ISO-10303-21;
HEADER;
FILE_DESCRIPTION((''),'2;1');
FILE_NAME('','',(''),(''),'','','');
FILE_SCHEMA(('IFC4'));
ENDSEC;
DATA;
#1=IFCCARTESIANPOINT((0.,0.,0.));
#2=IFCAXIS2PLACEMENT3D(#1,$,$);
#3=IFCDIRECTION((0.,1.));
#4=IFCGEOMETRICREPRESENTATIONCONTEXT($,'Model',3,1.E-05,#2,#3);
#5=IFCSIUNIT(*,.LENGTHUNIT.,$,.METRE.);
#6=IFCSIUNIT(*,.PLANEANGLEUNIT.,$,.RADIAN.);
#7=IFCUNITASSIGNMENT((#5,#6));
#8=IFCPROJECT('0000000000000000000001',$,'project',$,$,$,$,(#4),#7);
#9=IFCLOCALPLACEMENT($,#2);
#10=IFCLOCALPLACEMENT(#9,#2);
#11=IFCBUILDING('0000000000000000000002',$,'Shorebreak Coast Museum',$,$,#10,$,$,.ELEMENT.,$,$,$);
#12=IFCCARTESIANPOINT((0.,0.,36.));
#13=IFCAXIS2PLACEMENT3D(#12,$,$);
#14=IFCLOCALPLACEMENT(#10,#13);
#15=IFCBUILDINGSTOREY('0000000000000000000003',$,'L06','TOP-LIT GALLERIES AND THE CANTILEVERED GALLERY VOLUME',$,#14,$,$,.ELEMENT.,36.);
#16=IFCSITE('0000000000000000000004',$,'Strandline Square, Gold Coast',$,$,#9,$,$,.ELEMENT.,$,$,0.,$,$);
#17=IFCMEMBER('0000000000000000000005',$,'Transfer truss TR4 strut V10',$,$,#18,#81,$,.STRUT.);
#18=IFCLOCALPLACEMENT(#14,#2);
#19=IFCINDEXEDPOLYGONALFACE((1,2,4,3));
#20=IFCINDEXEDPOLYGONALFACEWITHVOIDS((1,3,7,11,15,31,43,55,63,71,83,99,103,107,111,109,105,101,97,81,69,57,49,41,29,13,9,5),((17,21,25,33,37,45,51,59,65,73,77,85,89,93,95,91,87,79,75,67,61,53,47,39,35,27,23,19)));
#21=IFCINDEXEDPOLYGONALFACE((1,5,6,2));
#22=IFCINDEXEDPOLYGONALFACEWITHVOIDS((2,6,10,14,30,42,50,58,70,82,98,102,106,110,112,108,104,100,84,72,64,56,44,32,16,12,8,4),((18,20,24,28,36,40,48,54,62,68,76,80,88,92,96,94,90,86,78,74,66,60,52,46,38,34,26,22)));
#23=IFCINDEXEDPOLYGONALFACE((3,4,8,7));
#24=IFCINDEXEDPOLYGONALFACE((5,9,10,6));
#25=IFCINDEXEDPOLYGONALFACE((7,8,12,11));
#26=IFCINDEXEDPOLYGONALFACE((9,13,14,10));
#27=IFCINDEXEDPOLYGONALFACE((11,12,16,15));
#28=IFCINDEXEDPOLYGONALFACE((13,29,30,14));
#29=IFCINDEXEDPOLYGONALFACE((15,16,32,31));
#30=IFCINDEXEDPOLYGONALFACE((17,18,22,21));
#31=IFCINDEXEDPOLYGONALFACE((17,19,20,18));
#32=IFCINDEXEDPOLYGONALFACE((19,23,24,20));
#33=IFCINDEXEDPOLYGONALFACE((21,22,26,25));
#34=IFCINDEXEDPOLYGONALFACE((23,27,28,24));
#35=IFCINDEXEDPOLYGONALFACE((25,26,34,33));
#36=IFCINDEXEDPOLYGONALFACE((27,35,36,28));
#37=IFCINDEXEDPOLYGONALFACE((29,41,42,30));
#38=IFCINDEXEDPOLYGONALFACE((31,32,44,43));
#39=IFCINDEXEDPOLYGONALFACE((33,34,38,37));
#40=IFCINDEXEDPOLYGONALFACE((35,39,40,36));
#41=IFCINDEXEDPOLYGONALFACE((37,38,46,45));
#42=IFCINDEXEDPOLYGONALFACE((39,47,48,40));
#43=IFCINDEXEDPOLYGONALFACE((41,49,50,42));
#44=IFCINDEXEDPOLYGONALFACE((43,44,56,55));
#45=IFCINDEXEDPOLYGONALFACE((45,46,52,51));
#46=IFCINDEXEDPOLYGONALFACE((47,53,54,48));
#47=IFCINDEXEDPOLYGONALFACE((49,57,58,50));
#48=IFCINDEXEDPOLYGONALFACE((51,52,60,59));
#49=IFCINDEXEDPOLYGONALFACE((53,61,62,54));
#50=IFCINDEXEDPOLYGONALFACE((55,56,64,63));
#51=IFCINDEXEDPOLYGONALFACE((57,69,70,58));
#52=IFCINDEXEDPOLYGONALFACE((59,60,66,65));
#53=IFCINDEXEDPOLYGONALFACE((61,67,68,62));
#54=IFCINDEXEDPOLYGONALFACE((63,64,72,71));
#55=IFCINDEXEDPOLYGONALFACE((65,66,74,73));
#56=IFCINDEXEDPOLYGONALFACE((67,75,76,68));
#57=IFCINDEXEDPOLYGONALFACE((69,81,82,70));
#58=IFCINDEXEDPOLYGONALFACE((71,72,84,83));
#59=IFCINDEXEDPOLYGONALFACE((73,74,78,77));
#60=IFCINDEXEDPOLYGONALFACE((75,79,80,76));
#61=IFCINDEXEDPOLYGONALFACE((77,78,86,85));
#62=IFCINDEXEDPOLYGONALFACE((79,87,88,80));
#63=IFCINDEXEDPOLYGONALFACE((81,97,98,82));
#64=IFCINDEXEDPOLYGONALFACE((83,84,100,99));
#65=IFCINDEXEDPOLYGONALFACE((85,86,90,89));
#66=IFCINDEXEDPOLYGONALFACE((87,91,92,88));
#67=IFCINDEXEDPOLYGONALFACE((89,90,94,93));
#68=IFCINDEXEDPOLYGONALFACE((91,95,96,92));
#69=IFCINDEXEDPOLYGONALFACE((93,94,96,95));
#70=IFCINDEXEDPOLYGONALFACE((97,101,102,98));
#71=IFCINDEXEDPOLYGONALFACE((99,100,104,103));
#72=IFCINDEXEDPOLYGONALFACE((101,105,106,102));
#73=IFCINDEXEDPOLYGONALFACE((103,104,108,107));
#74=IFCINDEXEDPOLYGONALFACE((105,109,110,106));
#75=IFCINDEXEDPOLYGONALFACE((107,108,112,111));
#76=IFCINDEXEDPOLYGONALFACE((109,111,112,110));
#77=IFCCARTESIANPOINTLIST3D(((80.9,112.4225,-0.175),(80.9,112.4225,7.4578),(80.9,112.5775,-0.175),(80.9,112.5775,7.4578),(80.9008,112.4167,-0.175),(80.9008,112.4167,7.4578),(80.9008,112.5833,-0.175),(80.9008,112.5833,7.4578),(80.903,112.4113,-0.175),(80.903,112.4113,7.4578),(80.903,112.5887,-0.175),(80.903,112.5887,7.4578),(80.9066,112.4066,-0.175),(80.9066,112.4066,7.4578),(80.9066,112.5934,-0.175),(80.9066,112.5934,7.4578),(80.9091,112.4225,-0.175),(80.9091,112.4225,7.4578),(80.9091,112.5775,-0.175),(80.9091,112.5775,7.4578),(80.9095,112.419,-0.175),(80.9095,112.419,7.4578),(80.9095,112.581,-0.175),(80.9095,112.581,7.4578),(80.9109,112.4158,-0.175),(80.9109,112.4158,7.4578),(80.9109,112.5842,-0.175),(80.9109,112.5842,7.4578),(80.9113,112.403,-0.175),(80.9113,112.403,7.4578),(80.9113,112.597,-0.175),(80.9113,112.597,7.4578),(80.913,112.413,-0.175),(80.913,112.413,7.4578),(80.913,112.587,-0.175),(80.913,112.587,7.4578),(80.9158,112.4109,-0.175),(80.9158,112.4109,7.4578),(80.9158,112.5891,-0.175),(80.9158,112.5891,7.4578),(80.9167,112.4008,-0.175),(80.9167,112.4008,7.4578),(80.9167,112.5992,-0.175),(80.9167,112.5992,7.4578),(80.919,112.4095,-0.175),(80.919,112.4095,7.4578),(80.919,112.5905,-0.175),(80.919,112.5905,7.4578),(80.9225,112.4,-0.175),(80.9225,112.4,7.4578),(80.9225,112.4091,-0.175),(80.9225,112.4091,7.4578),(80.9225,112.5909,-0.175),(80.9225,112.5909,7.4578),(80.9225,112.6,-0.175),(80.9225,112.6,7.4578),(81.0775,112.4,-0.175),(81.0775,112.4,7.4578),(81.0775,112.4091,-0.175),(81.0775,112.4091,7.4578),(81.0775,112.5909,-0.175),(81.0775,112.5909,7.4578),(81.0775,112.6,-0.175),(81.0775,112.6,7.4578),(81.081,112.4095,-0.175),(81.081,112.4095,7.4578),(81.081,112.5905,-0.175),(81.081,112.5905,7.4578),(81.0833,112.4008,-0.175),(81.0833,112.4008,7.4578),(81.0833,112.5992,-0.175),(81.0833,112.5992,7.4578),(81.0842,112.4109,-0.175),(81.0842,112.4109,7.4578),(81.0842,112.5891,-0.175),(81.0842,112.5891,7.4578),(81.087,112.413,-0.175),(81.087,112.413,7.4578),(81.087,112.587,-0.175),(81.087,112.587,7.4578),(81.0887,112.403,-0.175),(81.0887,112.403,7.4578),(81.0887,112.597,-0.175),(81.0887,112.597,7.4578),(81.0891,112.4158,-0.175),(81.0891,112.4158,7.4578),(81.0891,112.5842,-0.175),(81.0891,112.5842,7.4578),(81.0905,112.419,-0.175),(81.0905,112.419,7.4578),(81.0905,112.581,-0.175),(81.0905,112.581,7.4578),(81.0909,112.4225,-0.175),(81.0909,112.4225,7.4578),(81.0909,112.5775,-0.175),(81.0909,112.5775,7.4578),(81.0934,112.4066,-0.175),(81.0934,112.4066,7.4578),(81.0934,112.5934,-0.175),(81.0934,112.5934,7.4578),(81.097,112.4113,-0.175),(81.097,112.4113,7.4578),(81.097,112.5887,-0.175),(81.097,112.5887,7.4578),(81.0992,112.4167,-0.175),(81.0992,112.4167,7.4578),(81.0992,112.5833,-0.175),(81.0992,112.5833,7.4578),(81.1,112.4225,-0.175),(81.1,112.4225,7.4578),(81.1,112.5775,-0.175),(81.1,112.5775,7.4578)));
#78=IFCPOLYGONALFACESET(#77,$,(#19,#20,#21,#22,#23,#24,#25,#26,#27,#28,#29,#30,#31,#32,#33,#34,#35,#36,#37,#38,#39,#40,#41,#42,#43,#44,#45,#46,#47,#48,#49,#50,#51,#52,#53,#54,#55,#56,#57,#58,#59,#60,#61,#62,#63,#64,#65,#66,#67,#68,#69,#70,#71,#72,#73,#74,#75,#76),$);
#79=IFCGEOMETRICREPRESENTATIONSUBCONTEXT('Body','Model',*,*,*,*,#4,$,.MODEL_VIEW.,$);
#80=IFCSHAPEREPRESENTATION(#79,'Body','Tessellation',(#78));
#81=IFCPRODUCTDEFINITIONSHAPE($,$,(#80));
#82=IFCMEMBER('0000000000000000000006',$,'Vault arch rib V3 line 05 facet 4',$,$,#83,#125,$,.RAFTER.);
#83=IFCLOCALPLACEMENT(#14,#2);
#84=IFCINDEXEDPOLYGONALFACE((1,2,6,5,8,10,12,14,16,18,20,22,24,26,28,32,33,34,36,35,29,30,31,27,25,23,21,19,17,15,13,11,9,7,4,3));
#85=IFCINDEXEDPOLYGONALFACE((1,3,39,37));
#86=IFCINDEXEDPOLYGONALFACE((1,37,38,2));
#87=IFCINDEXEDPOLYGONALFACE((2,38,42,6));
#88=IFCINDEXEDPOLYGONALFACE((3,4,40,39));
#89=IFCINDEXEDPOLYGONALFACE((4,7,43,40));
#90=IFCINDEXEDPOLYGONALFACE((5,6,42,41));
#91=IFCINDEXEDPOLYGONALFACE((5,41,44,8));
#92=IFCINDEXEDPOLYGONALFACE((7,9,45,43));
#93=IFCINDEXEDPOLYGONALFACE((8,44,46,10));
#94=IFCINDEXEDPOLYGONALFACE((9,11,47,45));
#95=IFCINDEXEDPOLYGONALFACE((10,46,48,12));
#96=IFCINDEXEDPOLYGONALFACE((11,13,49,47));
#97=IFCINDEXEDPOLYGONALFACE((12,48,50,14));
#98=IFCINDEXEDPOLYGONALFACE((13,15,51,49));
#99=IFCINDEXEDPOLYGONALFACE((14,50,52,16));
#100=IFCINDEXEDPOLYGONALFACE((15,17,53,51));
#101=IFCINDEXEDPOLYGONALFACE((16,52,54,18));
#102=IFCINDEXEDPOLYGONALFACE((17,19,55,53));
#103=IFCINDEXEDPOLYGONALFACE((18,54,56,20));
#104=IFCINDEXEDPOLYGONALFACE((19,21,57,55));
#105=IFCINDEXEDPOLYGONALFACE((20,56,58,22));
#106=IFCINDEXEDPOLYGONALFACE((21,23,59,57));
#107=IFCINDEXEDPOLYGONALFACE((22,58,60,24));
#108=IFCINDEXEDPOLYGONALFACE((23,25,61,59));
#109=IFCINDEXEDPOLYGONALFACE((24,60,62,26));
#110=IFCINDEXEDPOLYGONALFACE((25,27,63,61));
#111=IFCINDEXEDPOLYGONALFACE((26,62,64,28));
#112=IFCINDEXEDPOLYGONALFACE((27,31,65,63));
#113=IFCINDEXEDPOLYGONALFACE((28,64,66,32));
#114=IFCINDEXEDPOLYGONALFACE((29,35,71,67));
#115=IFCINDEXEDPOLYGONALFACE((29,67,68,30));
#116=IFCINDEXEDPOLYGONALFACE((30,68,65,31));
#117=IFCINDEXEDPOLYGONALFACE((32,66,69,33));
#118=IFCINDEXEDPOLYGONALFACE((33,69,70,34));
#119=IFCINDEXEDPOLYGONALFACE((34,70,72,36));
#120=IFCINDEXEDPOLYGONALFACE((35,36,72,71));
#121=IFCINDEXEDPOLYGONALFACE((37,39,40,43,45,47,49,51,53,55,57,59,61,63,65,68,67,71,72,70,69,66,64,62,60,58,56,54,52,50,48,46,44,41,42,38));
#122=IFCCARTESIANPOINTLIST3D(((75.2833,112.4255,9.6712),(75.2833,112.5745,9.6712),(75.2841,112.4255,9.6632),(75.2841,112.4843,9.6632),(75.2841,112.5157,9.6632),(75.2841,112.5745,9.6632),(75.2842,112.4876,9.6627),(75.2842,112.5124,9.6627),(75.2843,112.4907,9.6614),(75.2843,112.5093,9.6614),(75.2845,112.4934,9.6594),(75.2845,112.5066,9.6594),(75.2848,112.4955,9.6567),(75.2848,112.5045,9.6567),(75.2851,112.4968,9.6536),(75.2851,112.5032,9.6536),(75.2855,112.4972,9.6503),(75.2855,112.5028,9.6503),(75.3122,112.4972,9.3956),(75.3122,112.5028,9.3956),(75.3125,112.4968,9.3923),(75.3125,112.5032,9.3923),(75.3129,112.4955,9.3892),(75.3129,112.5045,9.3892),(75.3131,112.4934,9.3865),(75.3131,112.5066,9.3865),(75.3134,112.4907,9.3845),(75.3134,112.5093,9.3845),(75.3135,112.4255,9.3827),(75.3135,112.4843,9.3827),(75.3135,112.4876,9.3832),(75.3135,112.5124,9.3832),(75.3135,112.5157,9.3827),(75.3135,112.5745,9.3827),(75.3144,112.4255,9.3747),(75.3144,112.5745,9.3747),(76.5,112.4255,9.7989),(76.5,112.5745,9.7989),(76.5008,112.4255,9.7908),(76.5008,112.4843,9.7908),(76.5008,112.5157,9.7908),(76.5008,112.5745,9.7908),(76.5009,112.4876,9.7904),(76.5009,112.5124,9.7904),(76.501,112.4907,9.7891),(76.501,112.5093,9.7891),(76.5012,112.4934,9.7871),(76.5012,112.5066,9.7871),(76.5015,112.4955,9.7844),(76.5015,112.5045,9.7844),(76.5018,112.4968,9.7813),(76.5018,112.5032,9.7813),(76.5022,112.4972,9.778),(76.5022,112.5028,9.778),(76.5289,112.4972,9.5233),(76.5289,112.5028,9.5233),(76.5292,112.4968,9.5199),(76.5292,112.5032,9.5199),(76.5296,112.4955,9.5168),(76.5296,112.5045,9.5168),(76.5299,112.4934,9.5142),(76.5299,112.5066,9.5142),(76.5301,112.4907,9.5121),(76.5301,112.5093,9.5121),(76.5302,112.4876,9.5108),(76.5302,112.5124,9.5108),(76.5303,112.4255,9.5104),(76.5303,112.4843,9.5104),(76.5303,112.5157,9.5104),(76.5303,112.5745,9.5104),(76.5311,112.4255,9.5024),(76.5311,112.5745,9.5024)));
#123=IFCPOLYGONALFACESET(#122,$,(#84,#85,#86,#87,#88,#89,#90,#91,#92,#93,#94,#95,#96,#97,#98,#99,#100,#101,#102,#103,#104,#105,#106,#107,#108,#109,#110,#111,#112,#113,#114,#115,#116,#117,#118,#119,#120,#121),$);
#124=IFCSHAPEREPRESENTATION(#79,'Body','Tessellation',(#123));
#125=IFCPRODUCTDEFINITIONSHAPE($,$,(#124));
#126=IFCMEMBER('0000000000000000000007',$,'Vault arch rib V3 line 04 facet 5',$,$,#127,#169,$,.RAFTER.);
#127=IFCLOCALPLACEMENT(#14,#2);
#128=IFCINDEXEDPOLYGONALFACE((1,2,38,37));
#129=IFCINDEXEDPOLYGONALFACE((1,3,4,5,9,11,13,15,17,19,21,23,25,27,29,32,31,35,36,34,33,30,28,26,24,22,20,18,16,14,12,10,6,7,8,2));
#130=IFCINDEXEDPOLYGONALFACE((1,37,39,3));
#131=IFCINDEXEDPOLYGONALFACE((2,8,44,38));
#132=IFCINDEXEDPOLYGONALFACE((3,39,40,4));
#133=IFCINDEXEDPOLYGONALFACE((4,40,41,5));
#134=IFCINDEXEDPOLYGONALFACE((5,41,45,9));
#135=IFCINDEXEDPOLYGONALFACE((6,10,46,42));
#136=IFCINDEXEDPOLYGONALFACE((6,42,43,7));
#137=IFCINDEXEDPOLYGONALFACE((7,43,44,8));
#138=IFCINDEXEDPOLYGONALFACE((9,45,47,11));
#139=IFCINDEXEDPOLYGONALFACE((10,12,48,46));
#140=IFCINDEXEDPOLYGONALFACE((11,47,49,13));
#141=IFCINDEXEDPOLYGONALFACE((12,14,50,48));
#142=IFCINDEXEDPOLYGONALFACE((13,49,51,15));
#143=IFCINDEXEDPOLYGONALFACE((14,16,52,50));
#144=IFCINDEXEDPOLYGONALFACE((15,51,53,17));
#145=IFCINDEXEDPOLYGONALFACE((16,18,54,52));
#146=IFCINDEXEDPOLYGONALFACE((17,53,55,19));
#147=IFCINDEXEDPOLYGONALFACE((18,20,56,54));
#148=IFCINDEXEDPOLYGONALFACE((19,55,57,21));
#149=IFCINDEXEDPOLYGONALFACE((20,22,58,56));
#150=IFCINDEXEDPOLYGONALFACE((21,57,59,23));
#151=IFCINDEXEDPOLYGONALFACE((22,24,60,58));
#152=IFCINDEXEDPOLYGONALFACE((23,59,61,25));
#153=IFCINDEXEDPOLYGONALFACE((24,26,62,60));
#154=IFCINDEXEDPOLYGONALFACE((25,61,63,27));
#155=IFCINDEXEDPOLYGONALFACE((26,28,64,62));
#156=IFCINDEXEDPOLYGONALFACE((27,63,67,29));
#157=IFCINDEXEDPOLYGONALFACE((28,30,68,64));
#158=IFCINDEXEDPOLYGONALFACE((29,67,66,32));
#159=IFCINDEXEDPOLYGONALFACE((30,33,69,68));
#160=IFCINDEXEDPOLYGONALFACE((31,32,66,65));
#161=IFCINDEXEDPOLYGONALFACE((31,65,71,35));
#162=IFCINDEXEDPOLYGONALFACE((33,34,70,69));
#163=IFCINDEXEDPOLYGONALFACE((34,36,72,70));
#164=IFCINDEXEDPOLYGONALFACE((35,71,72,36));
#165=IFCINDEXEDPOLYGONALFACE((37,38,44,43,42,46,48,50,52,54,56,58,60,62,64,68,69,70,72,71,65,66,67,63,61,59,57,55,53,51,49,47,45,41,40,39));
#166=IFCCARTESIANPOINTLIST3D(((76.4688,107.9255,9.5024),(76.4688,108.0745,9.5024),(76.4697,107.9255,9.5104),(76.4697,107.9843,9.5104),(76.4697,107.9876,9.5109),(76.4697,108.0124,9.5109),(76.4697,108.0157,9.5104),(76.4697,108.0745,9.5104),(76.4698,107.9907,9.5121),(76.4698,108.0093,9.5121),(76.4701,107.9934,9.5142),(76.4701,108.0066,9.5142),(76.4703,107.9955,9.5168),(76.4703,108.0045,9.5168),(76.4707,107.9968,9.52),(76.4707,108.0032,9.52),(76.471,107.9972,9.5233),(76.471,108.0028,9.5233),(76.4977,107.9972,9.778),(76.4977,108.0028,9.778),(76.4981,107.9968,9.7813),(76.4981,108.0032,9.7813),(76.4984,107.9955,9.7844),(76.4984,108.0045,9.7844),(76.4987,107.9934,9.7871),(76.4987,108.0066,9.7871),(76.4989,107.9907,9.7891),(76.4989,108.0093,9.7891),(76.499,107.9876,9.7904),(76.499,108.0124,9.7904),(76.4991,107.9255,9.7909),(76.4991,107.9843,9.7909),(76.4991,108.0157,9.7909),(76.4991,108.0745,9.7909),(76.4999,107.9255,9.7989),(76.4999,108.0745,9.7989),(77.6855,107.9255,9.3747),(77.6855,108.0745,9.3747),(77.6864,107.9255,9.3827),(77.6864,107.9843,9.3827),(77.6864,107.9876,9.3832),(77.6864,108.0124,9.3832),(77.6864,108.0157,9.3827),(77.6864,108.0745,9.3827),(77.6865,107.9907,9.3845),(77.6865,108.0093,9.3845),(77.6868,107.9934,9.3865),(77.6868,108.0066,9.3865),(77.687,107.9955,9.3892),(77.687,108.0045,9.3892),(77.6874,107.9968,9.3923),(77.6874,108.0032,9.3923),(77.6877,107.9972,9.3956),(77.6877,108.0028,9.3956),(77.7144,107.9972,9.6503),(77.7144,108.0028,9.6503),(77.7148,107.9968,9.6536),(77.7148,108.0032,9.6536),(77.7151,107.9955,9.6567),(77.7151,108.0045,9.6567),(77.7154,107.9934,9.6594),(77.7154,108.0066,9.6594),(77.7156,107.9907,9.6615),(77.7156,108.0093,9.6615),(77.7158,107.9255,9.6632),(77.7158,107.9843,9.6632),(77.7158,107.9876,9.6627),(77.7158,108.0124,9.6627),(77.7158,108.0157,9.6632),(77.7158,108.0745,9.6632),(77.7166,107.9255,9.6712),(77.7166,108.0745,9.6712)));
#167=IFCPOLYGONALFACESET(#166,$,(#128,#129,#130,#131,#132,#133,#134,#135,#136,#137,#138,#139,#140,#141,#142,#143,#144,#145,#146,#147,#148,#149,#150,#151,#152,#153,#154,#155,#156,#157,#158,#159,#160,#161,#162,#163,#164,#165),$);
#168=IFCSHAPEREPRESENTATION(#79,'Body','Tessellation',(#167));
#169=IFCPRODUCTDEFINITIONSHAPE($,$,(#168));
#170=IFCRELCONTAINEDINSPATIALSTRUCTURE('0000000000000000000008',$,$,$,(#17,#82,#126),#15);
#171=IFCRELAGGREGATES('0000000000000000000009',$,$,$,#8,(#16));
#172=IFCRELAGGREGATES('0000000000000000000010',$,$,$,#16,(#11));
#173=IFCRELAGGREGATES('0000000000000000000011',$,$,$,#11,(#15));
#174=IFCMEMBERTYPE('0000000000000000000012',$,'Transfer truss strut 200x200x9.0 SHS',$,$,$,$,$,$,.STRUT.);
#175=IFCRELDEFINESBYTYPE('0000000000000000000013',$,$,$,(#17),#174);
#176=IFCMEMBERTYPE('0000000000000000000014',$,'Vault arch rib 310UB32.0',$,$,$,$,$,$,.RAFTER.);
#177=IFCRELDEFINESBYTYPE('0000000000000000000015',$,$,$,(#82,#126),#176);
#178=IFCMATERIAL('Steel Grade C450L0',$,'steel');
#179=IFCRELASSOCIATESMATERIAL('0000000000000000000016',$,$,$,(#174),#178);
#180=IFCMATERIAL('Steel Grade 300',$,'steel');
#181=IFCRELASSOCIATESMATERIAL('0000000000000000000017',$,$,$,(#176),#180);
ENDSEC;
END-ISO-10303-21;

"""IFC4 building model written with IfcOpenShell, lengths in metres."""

from ifc_helpers import new_model, si_unit, direction, frame, origin, origin_2d, place, context, subcontext, project, spatial, hollow_rectangle, i_section, extrude, material, material_profile, profile_set, type_object, element, save


model = new_model("IFC4")

# Units and contexts
model_context = context("Model", 3, precision=1e-05, world=origin(), true_north=direction((0.0, 1.0)))
body_context = subcontext(model_context, "Body", "Model", "MODEL_VIEW")
ifc_project = project(units=[si_unit("LENGTHUNIT", "METRE"), si_unit("PLANEANGLEUNIT", "RADIAN")], contexts=[model_context])

# Site, building, storey
site_placement = place(None, origin())
site = spatial("IfcSite", under=ifc_project, at=site_placement, Name="Strandline Square, Gold Coast", CompositionType="ELEMENT", RefElevation=0.0)
building_placement = place(site_placement, origin())
building = spatial("IfcBuilding", under=site, at=building_placement, Name="Shorebreak Coast Museum", CompositionType="ELEMENT")
storey_placement = place(building_placement, frame((0.0, 0.0, 36.0)))
storey = spatial("IfcBuildingStorey", under=building, at=storey_placement, Name="L06", Description="TOP-LIT GALLERIES AND THE CANTILEVERED GALLERY VOLUME", CompositionType="ELEMENT", Elevation=36.0)

# Members
ifc_material_1 = material(Name="Steel Grade C450L0", Category="steel")
ifc_material_profile_1 = material_profile(ifc_material_1, hollow_rectangle(XDim=0.2, YDim=0.2, WallThickness=0.009, InnerFilletRadius=0.0134, OuterFilletRadius=0.0225, at=origin_2d()), Name="200x200x9.0 SHS")
ifc_profile_set_1 = profile_set([ifc_material_profile_1], Name="Steel Grade C450L0")
member_type_1 = type_object("IfcMemberType", Name="Transfer truss strut 200x200x9.0 SHS", PredefinedType="STRUT", material=ifc_profile_set_1)
member_1_placement = place(storey_placement, frame((81.0, 112.5, -0.175), z_axis=(0.0, 0.0, 1.0), x_axis=(1.0, 0.0, 0.0)))
element("IfcMember", 1, at=member_1_placement, inside=storey, type_object=member_type_1, Name="Transfer truss TR4 strut V10", PredefinedType="STRUT", context=body_context, shape_type="SweptSolid", body=[
    extrude(hollow_rectangle(XDim=0.2, YDim=0.2, WallThickness=0.009, InnerFilletRadius=0.0134, OuterFilletRadius=0.0225, at=origin_2d()), origin(), (0.0, 0.0, 1.0), 7.6328),
])
ifc_material_2 = material(Name="Steel Grade 300", Category="steel")
ifc_material_profile_2 = material_profile(ifc_material_2, i_section(OverallWidth=0.1489, OverallDepth=0.2981, WebThickness=0.0056, FlangeThickness=0.0081, FilletRadius=0.0129, at=origin_2d()), Name="310UB32.0")
ifc_profile_set_2 = profile_set([ifc_material_profile_2], Name="Steel Grade 300")
member_type_2 = type_object("IfcMemberType", Name="Vault arch rib 310UB32.0", PredefinedType="RAFTER", material=ifc_profile_set_2)
for number, where, z_axis, x_axis, name in (
    (2, (75.2988, 112.5, 9.5229), (0.994539, 0.0, 0.104363), (0.0, 1.0, 0.0), "Vault arch rib V3 line 05 facet 4"),
    (3, (76.4844, 108.0, 9.6506), (0.994539, 0.0, -0.104363), (0.0, 1.0, 0.0), "Vault arch rib V3 line 04 facet 5"),
):
    element("IfcMember", number, at=place(storey_placement, frame(where, z_axis=z_axis, x_axis=x_axis)), inside=storey, type_object=member_type_2, Name=name, PredefinedType="RAFTER", context=body_context, shape_type="SweptSolid", body=[
        extrude(i_section(OverallWidth=0.1489, OverallDepth=0.2981, WebThickness=0.0056, FlangeThickness=0.0081, FilletRadius=0.0129, at=origin_2d()), origin(), (0.0, 0.0, 1.0), 1.2234),
    ])

save(model, "model.ifc")
